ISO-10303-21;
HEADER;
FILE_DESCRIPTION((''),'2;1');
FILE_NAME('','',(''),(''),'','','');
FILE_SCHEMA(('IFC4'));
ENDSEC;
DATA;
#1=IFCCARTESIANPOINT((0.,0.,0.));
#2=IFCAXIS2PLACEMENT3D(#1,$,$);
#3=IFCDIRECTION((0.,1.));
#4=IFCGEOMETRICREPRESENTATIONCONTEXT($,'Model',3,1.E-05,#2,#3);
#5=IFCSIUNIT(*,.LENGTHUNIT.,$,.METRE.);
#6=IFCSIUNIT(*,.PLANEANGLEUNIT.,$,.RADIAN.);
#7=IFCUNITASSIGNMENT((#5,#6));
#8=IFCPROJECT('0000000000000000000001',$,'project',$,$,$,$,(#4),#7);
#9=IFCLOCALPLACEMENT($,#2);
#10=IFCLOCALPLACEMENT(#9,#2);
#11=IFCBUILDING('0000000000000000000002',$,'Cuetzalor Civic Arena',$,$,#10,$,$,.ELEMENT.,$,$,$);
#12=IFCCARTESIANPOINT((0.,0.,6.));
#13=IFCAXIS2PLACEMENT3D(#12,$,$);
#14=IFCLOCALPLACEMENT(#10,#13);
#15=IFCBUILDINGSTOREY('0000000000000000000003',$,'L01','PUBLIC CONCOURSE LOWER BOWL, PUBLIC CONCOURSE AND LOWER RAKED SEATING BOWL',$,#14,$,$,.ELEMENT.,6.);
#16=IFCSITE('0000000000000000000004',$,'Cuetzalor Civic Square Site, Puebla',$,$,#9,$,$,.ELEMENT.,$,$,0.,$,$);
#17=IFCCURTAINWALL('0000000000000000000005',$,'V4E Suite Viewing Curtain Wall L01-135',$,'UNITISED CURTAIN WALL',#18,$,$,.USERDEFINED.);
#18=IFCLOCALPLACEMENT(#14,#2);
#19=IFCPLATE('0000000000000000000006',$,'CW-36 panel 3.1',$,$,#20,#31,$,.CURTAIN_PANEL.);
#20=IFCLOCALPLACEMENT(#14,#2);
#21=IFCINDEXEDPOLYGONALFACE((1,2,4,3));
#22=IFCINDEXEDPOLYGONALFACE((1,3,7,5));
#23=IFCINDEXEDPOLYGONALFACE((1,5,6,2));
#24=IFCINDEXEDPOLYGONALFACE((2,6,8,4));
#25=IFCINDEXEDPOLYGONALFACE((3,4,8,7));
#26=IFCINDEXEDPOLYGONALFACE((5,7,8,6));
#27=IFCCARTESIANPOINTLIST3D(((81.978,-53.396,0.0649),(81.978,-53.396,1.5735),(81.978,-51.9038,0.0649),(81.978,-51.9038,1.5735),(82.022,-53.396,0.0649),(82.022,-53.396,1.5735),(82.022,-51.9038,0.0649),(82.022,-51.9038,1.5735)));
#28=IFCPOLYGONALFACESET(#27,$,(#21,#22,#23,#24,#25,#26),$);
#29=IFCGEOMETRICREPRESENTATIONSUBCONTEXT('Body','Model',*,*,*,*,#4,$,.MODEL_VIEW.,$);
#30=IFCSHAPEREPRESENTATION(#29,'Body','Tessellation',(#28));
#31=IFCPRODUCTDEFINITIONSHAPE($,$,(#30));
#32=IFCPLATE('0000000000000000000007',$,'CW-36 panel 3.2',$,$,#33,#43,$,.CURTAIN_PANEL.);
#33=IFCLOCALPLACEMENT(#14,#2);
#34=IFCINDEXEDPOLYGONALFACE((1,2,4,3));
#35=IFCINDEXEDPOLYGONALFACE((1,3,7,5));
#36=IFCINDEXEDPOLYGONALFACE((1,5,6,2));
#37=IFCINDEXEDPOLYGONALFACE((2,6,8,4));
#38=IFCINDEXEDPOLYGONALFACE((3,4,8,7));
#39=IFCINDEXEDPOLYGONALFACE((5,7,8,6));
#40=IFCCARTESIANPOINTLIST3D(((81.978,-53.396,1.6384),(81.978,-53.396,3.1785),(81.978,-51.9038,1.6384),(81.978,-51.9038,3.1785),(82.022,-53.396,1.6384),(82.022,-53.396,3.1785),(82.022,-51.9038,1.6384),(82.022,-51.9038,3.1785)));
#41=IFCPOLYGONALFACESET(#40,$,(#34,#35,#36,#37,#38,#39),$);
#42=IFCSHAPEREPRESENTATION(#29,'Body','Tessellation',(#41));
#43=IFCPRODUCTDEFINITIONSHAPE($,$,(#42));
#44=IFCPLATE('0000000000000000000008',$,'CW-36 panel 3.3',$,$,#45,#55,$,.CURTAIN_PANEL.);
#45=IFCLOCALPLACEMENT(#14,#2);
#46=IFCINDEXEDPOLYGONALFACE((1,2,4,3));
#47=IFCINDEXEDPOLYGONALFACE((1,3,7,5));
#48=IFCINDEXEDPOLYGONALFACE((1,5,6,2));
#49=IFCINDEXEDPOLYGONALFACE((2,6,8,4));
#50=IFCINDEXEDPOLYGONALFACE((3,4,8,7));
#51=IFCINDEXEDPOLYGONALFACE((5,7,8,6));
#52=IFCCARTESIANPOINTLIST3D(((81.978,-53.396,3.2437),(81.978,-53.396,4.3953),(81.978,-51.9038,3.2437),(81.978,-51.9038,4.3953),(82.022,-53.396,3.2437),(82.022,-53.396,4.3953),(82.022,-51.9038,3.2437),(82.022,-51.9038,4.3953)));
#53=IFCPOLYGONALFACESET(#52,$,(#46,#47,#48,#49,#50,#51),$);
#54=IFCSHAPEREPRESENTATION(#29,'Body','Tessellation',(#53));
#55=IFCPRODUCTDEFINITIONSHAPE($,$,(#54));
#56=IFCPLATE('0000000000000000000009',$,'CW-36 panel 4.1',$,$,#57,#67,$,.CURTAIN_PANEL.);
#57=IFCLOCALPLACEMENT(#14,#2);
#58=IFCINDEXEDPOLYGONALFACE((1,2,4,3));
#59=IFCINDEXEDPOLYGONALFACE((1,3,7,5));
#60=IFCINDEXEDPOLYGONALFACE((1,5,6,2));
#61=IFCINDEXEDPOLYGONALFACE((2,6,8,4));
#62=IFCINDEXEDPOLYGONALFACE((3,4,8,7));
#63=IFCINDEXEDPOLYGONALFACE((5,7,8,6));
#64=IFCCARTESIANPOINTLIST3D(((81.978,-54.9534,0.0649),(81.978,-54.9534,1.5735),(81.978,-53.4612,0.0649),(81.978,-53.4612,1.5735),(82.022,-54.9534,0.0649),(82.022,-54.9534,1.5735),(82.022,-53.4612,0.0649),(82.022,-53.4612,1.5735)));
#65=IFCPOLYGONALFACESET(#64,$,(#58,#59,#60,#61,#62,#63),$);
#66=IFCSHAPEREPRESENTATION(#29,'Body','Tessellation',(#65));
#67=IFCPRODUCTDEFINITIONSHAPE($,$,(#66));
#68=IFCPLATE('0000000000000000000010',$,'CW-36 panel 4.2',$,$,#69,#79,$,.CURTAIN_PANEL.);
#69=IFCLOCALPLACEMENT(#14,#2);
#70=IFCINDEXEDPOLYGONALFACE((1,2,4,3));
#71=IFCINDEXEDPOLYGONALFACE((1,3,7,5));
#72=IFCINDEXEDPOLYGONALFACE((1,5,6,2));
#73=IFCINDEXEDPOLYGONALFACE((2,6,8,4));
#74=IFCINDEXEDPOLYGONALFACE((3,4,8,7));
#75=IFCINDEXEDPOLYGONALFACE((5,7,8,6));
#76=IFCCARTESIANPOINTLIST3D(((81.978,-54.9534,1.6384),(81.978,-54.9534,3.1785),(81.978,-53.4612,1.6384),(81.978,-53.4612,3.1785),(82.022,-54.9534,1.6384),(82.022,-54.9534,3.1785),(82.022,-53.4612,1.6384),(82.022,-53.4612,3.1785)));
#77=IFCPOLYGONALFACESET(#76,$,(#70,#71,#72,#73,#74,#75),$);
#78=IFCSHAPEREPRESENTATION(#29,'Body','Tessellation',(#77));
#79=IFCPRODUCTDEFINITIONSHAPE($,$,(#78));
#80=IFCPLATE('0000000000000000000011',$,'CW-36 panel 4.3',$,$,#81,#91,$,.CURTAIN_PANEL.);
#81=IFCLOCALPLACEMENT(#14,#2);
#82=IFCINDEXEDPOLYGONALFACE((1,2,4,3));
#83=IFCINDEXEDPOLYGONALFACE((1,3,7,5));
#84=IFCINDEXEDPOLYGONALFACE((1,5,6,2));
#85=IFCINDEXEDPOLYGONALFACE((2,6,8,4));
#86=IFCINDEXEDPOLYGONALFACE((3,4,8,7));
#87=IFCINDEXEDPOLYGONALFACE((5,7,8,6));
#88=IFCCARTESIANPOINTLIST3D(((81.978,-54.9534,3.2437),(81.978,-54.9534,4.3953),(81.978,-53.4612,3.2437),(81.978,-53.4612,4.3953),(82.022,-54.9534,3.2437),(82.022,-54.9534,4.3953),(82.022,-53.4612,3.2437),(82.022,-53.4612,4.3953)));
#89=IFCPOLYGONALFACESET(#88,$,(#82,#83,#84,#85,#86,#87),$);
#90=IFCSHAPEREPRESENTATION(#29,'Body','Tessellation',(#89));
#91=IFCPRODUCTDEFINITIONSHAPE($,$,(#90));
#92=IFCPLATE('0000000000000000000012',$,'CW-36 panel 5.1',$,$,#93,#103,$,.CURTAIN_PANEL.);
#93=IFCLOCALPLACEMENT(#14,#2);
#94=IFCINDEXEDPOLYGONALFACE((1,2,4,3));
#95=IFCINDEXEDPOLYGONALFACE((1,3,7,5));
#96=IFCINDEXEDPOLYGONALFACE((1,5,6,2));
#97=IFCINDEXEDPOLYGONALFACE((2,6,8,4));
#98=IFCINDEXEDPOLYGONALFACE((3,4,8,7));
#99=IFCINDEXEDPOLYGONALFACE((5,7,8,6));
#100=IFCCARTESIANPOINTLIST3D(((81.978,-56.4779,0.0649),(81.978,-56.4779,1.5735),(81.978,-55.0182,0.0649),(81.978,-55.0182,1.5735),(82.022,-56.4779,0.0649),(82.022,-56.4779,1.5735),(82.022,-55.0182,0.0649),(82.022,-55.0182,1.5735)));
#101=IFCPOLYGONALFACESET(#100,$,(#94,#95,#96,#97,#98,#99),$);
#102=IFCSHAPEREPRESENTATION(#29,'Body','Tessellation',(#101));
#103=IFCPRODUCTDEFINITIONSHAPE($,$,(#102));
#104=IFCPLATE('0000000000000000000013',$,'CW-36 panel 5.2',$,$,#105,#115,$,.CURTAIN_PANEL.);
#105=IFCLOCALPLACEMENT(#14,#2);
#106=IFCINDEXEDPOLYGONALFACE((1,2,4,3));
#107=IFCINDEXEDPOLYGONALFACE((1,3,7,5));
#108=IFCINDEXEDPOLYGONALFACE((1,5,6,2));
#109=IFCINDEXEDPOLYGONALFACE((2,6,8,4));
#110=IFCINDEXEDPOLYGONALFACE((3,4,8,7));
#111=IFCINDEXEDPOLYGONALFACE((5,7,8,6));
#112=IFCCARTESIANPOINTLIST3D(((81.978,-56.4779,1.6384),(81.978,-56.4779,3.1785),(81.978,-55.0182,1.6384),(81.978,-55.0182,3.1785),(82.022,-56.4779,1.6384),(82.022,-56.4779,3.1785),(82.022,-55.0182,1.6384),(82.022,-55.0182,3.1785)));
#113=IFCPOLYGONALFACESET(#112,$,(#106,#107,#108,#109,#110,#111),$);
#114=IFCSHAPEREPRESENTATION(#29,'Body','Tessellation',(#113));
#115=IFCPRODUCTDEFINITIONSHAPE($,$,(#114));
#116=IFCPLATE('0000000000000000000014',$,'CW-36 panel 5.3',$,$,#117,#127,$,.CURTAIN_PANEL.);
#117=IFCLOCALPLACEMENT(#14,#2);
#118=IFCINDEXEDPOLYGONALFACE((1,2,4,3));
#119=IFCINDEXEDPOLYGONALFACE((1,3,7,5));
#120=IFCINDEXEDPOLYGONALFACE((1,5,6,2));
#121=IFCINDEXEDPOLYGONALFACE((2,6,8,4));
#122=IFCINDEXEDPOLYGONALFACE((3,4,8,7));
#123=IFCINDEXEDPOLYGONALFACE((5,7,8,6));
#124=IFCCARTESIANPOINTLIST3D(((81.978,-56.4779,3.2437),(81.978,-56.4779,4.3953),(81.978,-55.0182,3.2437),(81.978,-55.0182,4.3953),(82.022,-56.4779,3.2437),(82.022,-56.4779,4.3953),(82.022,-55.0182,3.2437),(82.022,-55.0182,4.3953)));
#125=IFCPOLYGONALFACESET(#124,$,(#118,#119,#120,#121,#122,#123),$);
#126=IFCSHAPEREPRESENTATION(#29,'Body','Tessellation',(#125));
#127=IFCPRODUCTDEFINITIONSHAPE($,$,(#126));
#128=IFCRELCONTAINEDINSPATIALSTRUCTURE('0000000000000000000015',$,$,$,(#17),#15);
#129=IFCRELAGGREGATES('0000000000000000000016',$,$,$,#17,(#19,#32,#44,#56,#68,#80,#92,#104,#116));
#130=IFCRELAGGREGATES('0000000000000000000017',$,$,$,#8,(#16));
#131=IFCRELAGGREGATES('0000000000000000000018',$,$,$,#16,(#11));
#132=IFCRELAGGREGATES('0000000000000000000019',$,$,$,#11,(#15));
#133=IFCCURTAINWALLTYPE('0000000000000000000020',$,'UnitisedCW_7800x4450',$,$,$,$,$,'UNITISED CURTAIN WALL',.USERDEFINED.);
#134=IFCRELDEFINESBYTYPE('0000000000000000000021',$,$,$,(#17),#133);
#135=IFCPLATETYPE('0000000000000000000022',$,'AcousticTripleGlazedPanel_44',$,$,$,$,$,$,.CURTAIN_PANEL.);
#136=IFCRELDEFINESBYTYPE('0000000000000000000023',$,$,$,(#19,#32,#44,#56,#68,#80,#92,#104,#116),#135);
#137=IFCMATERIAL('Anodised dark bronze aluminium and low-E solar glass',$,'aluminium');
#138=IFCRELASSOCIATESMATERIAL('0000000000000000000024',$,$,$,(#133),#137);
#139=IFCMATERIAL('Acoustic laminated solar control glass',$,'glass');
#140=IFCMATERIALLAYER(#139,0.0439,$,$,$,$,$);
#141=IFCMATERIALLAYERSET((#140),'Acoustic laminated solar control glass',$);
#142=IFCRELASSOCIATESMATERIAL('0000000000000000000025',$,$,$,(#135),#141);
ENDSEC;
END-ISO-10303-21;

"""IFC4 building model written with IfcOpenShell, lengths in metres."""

from ifc_helpers import new_model, si_unit, direction, frame, origin, origin_2d, place, context, subcontext, project, spatial, rectangle, extrude, material, layer, layer_set, type_object, element, aggregate, save


model = new_model("IFC4")

# Units and contexts
model_context = context("Model", 3, precision=1e-05, world=origin(), true_north=direction((0.0, 1.0)))
body_context = subcontext(model_context, "Body", "Model", "MODEL_VIEW")
ifc_project = project(units=[si_unit("LENGTHUNIT", "METRE"), si_unit("PLANEANGLEUNIT", "RADIAN")], contexts=[model_context])

# Site, building, storey
site_placement = place(None, origin())
site = spatial("IfcSite", under=ifc_project, at=site_placement, Name="Cuetzalor Civic Square Site, Puebla", CompositionType="ELEMENT", RefElevation=0.0)
building_placement = place(site_placement, origin())
building = spatial("IfcBuilding", under=site, at=building_placement, Name="Cuetzalor Civic Arena", CompositionType="ELEMENT")
storey_placement = place(building_placement, frame((0.0, 0.0, 6.0)))
storey = spatial("IfcBuildingStorey", under=building, at=storey_placement, Name="L01", Description="PUBLIC CONCOURSE LOWER BOWL, PUBLIC CONCOURSE AND LOWER RAKED SEATING BOWL", CompositionType="ELEMENT", Elevation=6.0)

# Curtain wall, plates
ifc_material_1 = material(Name="Anodised dark bronze aluminium and low-E solar glass", Category="aluminium")
curtain_wall_type = type_object("IfcCurtainWallType", Name="UnitisedCW_7800x4450", ElementType="UNITISED CURTAIN WALL", PredefinedType="USERDEFINED", material=ifc_material_1)
curtain_wall_placement = place(storey_placement, origin())
curtain_wall = element("IfcCurtainWall", 1, at=curtain_wall_placement, inside=storey, type_object=curtain_wall_type, Name="V4E Suite Viewing Curtain Wall L01-135", ObjectType="UNITISED CURTAIN WALL", PredefinedType="USERDEFINED")
ifc_material_2 = material(Name="Acoustic laminated solar control glass", Category="glass")
ifc_layer = layer(ifc_material_2, 0.0439)
ifc_layer_set = layer_set([ifc_layer], Name="Acoustic laminated solar control glass")
plate_type = type_object("IfcPlateType", Name="AcousticTripleGlazedPanel_44", PredefinedType="CURTAIN_PANEL", material=ifc_layer_set)
plate_1_placement = place(storey_placement, frame((82.0, -52.6499, 0.0649), z_axis=(0.0, 0.0, 1.0), x_axis=(0.0, -1.0, 0.0)))
plate_1 = element("IfcPlate", 2, at=plate_1_placement, type_object=plate_type, Name="CW-36 panel 3.1", PredefinedType="CURTAIN_PANEL", context=body_context, shape_type="SweptSolid", body=[
    extrude(rectangle(XDim=1.4922, YDim=0.0439, at=origin_2d()), origin(), (0.0, 0.0, 1.0), 1.5085),
])
plate_2_placement = place(storey_placement, frame((82.0, -52.6499, 1.6384), z_axis=(0.0, 0.0, 1.0), x_axis=(0.0, -1.0, 0.0)))
plate_2 = element("IfcPlate", 3, at=plate_2_placement, type_object=plate_type, Name="CW-36 panel 3.2", PredefinedType="CURTAIN_PANEL", context=body_context, shape_type="SweptSolid", body=[
    extrude(rectangle(XDim=1.4922, YDim=0.0439, at=origin_2d()), origin(), (0.0, 0.0, 1.0), 1.54),
])
plate_3_placement = place(storey_placement, frame((82.0, -52.6499, 3.2437), z_axis=(0.0, 0.0, 1.0), x_axis=(0.0, -1.0, 0.0)))
plate_3 = element("IfcPlate", 4, at=plate_3_placement, type_object=plate_type, Name="CW-36 panel 3.3", PredefinedType="CURTAIN_PANEL", context=body_context, shape_type="SweptSolid", body=[
    extrude(rectangle(XDim=1.4922, YDim=0.0439, at=origin_2d()), origin(), (0.0, 0.0, 1.0), 1.1516),
])
plate_4_placement = place(storey_placement, frame((82.0, -54.2073, 0.0649), z_axis=(0.0, 0.0, 1.0), x_axis=(0.0, -1.0, 0.0)))
plate_4 = element("IfcPlate", 5, at=plate_4_placement, type_object=plate_type, Name="CW-36 panel 4.1", PredefinedType="CURTAIN_PANEL", context=body_context, shape_type="SweptSolid", body=[
    extrude(rectangle(XDim=1.4922, YDim=0.0439, at=origin_2d()), origin(), (0.0, 0.0, 1.0), 1.5085),
])
plate_5_placement = place(storey_placement, frame((82.0, -54.2073, 1.6384), z_axis=(0.0, 0.0, 1.0), x_axis=(0.0, -1.0, 0.0)))
plate_5 = element("IfcPlate", 6, at=plate_5_placement, type_object=plate_type, Name="CW-36 panel 4.2", PredefinedType="CURTAIN_PANEL", context=body_context, shape_type="SweptSolid", body=[
    extrude(rectangle(XDim=1.4922, YDim=0.0439, at=origin_2d()), origin(), (0.0, 0.0, 1.0), 1.54),
])
plate_6_placement = place(storey_placement, frame((82.0, -54.2073, 3.2437), z_axis=(0.0, 0.0, 1.0), x_axis=(0.0, -1.0, 0.0)))
plate_6 = element("IfcPlate", 7, at=plate_6_placement, type_object=plate_type, Name="CW-36 panel 4.3", PredefinedType="CURTAIN_PANEL", context=body_context, shape_type="SweptSolid", body=[
    extrude(rectangle(XDim=1.4922, YDim=0.0439, at=origin_2d()), origin(), (0.0, 0.0, 1.0), 1.1516),
])
plate_7_placement = place(storey_placement, frame((82.0, -55.748, 0.0649), z_axis=(0.0, 0.0, 1.0), x_axis=(0.0, -1.0, 0.0)))
plate_7 = element("IfcPlate", 8, at=plate_7_placement, type_object=plate_type, Name="CW-36 panel 5.1", PredefinedType="CURTAIN_PANEL", context=body_context, shape_type="SweptSolid", body=[
    extrude(rectangle(XDim=1.4597, YDim=0.0439, at=origin_2d()), origin(), (0.0, 0.0, 1.0), 1.5085),
])
plate_8_placement = place(storey_placement, frame((82.0, -55.748, 1.6384), z_axis=(0.0, 0.0, 1.0), x_axis=(0.0, -1.0, 0.0)))
plate_8 = element("IfcPlate", 9, at=plate_8_placement, type_object=plate_type, Name="CW-36 panel 5.2", PredefinedType="CURTAIN_PANEL", context=body_context, shape_type="SweptSolid", body=[
    extrude(rectangle(XDim=1.4597, YDim=0.0439, at=origin_2d()), origin(), (0.0, 0.0, 1.0), 1.54),
])
plate_9_placement = place(storey_placement, frame((82.0, -55.748, 3.2437), z_axis=(0.0, 0.0, 1.0), x_axis=(0.0, -1.0, 0.0)))
plate_9 = element("IfcPlate", 10, at=plate_9_placement, type_object=plate_type, Name="CW-36 panel 5.3", PredefinedType="CURTAIN_PANEL", context=body_context, shape_type="SweptSolid", body=[
    extrude(rectangle(XDim=1.4597, YDim=0.0439, at=origin_2d()), origin(), (0.0, 0.0, 1.0), 1.1516),
])
aggregate(curtain_wall, [plate_1, plate_2, plate_3, plate_4, plate_5, plate_6, plate_7, plate_8, plate_9])

save(model, "model.ifc")
